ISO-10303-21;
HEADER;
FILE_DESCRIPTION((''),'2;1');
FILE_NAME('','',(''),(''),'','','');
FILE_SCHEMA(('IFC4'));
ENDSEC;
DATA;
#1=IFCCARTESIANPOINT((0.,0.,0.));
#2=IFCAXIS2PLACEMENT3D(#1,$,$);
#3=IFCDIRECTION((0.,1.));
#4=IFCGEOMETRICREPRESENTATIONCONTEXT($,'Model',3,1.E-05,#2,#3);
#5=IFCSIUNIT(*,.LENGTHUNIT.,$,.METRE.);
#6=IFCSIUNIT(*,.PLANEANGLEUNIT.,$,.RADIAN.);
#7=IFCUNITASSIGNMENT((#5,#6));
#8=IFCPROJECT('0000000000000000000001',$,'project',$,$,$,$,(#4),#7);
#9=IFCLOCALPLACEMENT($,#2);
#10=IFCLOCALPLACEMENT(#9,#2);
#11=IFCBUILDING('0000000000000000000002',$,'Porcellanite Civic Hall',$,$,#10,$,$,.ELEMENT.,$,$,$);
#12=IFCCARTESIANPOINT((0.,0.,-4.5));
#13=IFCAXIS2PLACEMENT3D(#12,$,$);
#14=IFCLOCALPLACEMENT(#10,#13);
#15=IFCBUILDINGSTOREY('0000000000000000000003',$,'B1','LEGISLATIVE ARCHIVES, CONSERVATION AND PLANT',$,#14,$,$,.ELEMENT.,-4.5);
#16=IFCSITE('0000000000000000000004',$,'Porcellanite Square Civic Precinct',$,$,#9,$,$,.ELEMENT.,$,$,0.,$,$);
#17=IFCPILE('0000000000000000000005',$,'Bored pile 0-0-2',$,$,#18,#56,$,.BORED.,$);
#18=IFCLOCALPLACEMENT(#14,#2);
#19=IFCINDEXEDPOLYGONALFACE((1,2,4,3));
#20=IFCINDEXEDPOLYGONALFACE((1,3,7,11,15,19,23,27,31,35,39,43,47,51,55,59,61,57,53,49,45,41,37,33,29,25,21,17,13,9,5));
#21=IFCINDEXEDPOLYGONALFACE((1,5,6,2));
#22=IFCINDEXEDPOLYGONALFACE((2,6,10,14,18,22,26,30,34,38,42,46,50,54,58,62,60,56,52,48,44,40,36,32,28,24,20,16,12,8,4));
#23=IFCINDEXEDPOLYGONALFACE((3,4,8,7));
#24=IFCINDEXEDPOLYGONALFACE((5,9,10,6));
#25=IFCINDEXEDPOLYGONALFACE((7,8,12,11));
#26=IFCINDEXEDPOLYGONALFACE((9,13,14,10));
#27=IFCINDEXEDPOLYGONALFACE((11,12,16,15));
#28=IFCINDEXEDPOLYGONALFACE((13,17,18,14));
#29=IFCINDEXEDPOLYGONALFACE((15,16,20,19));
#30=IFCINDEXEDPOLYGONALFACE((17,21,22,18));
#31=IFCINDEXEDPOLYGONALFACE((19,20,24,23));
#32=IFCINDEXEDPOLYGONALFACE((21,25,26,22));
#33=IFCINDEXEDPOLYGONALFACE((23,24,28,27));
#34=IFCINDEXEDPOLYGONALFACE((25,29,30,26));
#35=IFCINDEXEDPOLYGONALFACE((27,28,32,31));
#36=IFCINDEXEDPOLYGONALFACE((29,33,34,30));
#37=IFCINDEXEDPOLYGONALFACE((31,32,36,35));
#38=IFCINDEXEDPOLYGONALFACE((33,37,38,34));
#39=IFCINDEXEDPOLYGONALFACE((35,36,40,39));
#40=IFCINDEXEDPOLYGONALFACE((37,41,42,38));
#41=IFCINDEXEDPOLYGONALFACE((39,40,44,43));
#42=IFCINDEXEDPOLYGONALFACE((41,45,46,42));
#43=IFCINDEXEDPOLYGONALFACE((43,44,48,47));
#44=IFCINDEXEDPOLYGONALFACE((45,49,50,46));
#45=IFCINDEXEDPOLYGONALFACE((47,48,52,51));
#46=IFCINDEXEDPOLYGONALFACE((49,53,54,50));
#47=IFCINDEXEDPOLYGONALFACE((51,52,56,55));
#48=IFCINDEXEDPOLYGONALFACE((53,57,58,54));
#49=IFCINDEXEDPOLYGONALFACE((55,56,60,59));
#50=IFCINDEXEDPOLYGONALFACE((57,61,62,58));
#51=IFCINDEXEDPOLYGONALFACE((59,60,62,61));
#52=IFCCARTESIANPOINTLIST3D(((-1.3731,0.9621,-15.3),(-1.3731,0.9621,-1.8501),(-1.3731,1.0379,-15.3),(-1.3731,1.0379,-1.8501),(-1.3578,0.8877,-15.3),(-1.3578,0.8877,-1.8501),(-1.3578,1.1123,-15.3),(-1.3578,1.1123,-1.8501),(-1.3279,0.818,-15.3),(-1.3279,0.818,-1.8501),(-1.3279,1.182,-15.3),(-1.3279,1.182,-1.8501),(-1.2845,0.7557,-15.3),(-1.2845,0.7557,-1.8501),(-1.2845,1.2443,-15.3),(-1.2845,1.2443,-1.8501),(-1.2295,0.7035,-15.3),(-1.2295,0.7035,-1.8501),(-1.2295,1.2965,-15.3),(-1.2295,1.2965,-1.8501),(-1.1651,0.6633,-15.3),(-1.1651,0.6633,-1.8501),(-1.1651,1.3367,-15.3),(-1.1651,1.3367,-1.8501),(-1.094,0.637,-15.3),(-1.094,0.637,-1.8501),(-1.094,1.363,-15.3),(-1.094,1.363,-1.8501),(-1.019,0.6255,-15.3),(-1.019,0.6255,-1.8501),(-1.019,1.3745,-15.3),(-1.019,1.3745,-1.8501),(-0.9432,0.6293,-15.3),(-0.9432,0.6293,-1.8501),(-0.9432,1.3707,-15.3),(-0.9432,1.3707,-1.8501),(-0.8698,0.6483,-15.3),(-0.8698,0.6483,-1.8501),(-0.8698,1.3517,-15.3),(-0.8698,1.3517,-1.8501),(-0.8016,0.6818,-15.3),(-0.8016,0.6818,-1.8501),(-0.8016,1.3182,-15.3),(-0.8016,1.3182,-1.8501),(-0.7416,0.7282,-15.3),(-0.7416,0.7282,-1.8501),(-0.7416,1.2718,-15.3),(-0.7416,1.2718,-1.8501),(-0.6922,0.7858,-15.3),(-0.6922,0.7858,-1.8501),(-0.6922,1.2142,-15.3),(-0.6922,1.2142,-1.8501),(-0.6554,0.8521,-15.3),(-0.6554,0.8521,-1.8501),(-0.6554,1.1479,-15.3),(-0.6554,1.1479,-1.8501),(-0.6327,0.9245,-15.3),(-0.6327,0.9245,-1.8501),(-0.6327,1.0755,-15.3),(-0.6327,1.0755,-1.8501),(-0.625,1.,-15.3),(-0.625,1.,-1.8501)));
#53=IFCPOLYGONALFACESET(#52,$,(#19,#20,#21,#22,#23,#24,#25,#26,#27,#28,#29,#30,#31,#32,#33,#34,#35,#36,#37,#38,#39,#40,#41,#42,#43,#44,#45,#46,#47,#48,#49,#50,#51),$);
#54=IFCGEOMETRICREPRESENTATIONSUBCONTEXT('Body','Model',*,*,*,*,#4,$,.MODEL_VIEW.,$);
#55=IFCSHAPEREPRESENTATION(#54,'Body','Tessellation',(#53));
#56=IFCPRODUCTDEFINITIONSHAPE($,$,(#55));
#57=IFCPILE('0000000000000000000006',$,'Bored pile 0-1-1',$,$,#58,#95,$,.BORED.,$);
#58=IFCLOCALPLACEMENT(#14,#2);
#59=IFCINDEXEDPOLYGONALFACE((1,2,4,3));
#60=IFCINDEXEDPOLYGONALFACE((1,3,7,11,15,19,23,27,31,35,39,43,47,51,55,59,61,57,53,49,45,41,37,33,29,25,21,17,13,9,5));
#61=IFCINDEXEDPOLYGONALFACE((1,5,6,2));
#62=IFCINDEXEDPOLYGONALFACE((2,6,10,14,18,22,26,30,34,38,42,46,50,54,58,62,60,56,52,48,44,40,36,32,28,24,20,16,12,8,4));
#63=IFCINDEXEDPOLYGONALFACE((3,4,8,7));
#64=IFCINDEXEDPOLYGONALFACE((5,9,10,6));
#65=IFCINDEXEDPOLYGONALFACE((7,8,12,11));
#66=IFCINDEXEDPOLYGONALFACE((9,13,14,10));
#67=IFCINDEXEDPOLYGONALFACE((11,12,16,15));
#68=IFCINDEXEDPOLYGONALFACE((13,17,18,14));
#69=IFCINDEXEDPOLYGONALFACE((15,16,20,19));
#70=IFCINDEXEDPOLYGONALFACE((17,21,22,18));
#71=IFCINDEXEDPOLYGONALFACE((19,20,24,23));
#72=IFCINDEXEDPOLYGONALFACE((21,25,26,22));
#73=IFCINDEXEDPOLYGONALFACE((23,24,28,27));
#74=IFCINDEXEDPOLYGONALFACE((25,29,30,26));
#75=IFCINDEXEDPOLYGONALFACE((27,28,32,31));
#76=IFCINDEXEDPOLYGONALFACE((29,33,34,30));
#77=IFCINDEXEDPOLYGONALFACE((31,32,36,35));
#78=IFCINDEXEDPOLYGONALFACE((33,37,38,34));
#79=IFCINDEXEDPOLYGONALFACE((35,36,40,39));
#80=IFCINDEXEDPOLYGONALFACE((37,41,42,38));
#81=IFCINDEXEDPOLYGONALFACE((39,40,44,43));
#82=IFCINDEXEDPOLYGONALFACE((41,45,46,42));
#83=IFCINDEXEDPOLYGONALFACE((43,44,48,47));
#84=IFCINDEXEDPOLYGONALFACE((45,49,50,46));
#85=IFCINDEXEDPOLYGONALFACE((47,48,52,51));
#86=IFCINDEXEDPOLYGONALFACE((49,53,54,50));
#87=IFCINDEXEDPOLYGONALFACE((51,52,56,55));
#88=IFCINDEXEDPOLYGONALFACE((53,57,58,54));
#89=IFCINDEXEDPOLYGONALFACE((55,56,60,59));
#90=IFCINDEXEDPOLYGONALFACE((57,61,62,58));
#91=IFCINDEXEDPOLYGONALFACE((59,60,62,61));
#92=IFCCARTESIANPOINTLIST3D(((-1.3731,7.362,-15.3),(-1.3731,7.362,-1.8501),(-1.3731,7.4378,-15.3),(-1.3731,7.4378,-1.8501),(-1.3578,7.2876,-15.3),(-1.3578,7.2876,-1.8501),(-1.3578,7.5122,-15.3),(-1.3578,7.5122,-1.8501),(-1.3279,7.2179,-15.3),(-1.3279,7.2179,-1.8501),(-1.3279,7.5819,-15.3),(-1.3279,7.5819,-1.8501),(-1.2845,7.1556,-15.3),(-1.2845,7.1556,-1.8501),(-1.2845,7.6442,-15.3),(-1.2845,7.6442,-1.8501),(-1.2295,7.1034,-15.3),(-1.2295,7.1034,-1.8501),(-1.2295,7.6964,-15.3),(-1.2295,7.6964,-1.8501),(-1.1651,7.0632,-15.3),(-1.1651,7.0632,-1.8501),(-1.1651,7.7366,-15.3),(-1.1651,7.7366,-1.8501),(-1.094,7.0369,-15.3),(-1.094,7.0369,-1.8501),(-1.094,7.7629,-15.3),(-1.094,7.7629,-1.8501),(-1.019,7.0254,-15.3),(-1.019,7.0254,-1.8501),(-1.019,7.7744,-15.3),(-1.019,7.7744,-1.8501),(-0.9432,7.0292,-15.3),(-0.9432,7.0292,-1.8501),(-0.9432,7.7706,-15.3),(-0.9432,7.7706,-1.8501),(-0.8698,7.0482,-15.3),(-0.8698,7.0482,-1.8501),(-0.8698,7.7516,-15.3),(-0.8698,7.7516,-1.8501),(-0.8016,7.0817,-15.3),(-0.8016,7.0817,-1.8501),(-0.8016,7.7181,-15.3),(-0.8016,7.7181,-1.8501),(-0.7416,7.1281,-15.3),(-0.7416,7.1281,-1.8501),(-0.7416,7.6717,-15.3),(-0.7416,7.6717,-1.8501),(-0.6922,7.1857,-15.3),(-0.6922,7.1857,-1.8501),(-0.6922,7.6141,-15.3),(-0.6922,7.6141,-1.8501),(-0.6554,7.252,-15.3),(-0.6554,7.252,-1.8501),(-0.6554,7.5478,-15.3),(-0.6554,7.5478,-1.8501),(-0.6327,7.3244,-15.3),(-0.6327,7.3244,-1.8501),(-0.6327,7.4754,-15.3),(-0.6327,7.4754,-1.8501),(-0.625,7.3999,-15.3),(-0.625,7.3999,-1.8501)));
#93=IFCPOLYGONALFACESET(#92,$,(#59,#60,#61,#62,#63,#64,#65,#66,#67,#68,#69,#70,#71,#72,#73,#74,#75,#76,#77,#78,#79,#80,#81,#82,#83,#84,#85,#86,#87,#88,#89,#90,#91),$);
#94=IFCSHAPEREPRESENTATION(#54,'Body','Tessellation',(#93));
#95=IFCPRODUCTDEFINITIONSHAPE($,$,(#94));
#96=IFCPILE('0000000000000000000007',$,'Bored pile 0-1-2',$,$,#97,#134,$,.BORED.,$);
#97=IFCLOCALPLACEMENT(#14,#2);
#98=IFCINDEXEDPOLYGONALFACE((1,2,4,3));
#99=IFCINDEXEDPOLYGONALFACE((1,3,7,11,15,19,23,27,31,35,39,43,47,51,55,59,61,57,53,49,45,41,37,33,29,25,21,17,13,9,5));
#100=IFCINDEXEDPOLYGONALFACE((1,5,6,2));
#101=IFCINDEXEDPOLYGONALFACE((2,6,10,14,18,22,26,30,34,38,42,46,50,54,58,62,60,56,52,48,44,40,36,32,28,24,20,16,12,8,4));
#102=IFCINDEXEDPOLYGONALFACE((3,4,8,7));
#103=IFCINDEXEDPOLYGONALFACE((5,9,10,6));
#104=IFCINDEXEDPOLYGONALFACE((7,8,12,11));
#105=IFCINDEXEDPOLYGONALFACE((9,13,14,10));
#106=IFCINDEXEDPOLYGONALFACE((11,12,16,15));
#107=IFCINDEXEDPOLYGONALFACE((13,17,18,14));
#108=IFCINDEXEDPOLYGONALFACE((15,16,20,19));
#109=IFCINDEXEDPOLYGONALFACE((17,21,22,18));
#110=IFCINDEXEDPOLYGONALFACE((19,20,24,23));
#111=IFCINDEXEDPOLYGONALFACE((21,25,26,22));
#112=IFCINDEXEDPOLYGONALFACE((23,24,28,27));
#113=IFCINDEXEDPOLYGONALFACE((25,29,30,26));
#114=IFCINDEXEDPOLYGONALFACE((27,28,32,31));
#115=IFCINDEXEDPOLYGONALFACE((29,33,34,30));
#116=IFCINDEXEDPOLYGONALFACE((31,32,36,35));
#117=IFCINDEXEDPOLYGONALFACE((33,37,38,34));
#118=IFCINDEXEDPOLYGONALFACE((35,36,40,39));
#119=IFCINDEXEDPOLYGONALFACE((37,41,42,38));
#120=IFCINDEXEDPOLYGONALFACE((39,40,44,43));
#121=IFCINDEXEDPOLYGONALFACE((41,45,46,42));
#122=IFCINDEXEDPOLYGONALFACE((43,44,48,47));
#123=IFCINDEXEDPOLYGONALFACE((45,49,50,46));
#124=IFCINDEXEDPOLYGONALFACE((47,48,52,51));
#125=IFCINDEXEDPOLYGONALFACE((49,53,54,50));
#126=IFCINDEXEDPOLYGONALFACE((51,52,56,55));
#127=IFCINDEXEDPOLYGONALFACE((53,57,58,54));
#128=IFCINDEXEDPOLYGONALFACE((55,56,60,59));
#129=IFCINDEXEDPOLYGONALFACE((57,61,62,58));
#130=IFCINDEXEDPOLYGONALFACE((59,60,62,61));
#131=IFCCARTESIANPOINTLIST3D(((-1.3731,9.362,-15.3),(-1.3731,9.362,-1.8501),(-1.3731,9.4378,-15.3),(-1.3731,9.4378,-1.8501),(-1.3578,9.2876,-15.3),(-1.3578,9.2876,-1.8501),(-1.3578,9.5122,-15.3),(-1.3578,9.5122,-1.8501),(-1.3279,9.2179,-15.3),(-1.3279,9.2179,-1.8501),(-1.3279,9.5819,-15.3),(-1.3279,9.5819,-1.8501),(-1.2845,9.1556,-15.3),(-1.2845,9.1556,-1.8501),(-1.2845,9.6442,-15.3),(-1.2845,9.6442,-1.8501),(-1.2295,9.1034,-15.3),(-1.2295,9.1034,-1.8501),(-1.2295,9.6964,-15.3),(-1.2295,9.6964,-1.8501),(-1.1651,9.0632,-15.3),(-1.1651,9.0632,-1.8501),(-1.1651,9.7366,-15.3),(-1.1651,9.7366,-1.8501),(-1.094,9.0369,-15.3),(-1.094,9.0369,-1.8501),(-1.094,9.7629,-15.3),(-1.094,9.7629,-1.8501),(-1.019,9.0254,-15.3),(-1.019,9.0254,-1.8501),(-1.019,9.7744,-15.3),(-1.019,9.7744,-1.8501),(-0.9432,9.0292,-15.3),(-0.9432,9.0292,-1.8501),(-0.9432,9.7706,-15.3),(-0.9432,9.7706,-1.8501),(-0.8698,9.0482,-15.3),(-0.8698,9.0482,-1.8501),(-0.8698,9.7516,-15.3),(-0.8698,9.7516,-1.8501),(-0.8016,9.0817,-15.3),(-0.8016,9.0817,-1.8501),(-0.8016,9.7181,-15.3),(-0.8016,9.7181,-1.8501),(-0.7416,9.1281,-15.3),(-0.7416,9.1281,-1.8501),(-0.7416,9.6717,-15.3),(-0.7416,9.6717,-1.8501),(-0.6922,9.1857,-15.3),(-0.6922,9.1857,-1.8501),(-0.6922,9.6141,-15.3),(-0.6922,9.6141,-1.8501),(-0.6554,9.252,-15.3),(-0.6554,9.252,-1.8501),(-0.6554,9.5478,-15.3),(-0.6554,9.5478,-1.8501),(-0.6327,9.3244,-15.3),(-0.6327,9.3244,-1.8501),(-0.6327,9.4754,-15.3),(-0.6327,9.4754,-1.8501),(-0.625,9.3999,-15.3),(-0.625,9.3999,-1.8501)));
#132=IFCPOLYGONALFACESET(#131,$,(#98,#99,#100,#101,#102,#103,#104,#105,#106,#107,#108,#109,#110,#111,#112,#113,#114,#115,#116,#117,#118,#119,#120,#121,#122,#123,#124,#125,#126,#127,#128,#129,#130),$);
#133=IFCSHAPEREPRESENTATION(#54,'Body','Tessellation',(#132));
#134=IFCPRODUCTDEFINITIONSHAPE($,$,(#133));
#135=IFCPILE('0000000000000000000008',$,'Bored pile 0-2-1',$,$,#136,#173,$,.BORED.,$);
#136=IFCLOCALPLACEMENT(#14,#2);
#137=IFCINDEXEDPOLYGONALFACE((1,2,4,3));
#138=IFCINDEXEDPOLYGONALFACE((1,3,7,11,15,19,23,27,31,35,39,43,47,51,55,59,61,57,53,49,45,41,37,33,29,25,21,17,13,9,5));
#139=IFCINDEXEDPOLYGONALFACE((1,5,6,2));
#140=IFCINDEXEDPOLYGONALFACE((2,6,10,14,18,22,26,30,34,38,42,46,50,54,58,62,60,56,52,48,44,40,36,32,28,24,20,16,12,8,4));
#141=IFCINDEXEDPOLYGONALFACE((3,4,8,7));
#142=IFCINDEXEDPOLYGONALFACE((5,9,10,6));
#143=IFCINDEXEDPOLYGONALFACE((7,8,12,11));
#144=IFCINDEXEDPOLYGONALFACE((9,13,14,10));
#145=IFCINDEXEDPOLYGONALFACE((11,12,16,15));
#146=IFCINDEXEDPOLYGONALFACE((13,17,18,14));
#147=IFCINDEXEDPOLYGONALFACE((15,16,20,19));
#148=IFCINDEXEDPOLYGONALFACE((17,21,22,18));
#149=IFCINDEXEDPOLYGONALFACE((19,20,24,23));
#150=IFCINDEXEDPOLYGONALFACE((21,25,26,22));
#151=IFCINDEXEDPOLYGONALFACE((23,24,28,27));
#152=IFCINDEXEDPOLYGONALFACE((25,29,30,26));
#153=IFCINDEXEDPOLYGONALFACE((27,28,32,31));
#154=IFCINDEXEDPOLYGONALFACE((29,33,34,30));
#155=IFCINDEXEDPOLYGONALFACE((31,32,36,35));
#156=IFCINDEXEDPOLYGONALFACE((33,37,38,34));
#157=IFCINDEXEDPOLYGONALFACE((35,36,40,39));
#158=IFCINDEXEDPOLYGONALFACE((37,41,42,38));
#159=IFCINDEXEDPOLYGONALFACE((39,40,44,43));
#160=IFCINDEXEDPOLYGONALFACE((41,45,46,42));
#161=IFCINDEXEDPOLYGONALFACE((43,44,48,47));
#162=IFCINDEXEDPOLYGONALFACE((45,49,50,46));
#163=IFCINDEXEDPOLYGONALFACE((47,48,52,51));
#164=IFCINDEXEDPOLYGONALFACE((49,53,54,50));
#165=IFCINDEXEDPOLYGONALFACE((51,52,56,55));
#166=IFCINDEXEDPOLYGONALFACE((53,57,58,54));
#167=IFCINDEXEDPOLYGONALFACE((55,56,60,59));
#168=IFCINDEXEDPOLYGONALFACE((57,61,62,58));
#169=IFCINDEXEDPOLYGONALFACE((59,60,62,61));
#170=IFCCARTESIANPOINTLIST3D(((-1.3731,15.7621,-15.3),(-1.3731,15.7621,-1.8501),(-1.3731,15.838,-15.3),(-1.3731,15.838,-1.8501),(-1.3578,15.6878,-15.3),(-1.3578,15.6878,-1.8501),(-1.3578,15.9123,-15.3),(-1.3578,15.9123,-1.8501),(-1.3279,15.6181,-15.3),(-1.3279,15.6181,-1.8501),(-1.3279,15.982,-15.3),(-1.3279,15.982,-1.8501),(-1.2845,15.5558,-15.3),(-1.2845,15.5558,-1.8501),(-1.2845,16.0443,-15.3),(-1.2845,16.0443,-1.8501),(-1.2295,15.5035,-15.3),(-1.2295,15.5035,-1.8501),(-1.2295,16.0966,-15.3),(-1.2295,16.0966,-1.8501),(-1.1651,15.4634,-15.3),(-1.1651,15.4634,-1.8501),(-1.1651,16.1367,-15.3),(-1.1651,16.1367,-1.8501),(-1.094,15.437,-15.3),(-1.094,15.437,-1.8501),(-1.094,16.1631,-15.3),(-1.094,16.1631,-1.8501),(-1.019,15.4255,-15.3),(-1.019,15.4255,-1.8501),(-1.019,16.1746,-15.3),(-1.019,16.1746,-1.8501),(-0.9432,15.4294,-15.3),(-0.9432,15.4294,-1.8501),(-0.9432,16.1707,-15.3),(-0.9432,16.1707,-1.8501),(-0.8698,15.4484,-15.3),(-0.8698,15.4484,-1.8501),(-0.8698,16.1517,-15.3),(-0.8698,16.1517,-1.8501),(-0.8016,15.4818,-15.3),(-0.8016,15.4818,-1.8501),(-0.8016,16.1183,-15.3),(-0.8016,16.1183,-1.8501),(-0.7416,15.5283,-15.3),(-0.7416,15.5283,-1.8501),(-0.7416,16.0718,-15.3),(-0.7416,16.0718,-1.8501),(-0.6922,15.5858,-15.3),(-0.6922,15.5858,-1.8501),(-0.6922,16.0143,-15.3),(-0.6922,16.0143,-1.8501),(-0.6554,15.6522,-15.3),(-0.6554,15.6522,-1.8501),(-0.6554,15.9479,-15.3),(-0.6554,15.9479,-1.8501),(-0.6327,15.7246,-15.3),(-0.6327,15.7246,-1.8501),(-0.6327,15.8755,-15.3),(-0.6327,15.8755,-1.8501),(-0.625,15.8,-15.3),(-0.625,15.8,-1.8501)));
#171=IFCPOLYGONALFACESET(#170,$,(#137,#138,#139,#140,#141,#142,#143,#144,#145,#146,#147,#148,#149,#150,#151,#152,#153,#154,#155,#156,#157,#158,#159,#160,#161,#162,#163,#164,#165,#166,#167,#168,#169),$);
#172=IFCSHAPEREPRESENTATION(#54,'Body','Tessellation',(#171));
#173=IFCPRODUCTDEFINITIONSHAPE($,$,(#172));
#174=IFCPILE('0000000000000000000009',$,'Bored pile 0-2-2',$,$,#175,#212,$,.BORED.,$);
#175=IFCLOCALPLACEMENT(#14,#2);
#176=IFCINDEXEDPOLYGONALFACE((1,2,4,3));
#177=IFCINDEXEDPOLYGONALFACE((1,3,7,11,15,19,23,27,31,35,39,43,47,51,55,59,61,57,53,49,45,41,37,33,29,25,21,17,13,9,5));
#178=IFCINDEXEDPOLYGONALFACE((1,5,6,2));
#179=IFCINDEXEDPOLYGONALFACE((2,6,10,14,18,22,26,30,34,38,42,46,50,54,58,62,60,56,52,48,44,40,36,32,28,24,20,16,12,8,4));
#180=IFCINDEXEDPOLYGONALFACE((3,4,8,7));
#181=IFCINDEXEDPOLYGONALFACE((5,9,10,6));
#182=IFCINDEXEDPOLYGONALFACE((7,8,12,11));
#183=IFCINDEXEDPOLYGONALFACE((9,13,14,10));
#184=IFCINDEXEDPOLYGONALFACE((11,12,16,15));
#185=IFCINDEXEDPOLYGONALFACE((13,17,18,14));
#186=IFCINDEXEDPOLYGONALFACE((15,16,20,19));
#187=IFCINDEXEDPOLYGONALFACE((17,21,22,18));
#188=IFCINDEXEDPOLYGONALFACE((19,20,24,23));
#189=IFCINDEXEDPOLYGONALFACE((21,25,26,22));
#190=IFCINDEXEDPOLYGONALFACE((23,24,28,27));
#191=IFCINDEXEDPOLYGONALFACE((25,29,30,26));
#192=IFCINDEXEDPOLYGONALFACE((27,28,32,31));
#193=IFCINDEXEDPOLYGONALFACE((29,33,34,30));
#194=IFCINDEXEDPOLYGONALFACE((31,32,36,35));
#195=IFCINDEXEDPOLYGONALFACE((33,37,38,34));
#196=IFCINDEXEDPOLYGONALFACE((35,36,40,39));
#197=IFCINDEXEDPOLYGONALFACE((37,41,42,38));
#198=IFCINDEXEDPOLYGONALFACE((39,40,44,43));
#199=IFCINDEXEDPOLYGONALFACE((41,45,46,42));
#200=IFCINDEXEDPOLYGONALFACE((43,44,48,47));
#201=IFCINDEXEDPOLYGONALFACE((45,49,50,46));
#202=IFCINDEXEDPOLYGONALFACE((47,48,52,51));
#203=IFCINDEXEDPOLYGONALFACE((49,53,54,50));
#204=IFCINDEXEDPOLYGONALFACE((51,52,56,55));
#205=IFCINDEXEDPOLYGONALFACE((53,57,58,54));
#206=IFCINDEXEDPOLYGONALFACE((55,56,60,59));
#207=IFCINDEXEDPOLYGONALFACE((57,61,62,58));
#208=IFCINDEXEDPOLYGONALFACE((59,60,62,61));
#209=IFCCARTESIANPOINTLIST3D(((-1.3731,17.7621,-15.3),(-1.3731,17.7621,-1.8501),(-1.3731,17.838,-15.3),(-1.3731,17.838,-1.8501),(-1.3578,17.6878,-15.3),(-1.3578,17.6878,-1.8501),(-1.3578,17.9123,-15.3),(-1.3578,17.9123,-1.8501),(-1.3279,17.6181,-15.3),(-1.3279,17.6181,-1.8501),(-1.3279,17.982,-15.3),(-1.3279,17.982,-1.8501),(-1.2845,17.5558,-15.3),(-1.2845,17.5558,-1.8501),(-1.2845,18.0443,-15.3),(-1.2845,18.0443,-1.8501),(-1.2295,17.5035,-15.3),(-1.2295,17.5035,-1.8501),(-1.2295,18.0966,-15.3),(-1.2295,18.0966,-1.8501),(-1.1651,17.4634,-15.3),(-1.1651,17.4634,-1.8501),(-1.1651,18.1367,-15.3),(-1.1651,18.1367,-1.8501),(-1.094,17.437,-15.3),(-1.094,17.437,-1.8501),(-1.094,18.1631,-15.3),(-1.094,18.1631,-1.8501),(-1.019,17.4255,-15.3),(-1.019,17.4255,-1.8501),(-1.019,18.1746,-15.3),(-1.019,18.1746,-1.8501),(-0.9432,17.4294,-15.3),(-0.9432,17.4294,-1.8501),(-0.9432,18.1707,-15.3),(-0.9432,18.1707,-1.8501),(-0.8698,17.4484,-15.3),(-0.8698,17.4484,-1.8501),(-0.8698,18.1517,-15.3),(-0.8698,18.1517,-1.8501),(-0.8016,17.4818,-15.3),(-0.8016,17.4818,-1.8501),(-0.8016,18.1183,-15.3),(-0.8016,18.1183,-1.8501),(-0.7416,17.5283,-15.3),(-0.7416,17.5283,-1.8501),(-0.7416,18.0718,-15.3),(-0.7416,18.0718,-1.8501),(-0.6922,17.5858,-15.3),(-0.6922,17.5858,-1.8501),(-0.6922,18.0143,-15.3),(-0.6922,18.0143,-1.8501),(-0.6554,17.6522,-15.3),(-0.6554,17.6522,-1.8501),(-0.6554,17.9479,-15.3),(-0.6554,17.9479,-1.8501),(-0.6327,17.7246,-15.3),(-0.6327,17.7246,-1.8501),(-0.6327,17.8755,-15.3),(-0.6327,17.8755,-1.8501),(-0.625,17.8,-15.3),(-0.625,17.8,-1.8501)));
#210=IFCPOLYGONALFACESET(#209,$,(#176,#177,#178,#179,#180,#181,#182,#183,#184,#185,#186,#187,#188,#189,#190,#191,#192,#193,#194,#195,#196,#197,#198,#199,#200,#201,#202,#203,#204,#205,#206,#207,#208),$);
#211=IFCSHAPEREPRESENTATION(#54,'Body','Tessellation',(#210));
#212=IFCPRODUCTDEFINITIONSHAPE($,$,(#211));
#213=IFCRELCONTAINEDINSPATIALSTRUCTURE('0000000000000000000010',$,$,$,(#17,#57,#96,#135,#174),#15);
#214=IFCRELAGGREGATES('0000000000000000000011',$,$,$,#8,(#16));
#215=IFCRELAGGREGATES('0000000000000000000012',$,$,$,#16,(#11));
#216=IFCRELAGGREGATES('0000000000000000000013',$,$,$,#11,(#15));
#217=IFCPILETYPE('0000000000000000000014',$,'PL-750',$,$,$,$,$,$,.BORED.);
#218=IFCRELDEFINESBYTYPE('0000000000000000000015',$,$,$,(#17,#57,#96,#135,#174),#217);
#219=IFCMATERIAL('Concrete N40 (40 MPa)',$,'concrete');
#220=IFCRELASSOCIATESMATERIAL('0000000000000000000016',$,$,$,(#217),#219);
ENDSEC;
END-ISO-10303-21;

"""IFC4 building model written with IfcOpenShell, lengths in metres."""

from ifc_helpers import new_model, si_unit, direction, frame, origin, origin_2d, place, context, subcontext, project, spatial, circle, extrude, material, material_profile, profile_set, type_object, element, save


model = new_model("IFC4")

# Units and contexts
model_context = context("Model", 3, precision=1e-05, world=origin(), true_north=direction((0.0, 1.0)))
body_context = subcontext(model_context, "Body", "Model", "MODEL_VIEW")
ifc_project = project(units=[si_unit("LENGTHUNIT", "METRE"), si_unit("PLANEANGLEUNIT", "RADIAN")], contexts=[model_context])

# Site, building, storey
site_placement = place(None, origin())
site = spatial("IfcSite", under=ifc_project, at=site_placement, Name="Porcellanite Square Civic Precinct", CompositionType="ELEMENT", RefElevation=0.0)
building_placement = place(site_placement, origin())
building = spatial("IfcBuilding", under=site, at=building_placement, Name="Porcellanite Civic Hall", CompositionType="ELEMENT")
storey_placement = place(building_placement, frame((0.0, 0.0, -4.5)))
storey = spatial("IfcBuildingStorey", under=building, at=storey_placement, Name="B1", Description="LEGISLATIVE ARCHIVES, CONSERVATION AND PLANT", CompositionType="ELEMENT", Elevation=-4.5)

# Piles
ifc_material_1 = material(Name="Concrete N40 (40 MPa)", Category="concrete")
ifc_material_profile = material_profile(ifc_material_1, circle(Radius=0.375, at=origin_2d()), Name="PILE-D750")
ifc_profile_set = profile_set([ifc_material_profile], Name="Concrete N40 (40 MPa)")
pile_type = type_object("IfcPileType", Name="PL-750", PredefinedType="BORED", material=ifc_profile_set)
for number, where, z_axis, x_axis, name in (
    (1, (-1.0, 1.0, -1.8501), (0.0, 0.0, -1.0), (1.0, 0.0, 0.0), "Bored pile 0-0-2"),
    (2, (-1.0, 7.3999, -1.8501), (0.0, 0.0, -1.0), (1.0, 0.0, 0.0), "Bored pile 0-1-1"),
    (3, (-1.0, 9.3999, -1.8501), (0.0, 0.0, -1.0), (1.0, 0.0, 0.0), "Bored pile 0-1-2"),
    (4, (-1.0, 15.8, -1.8501), (0.0, 0.0, -1.0), (1.0, 0.0, 0.0), "Bored pile 0-2-1"),
    (5, (-1.0, 17.8, -1.8501), (0.0, 0.0, -1.0), (1.0, 0.0, 0.0), "Bored pile 0-2-2"),
):
    element("IfcPile", number, at=place(storey_placement, frame(where, z_axis=z_axis, x_axis=x_axis)), inside=storey, type_object=pile_type, Name=name, PredefinedType="BORED", context=body_context, shape_type="SweptSolid", body=[
        extrude(circle(Radius=0.375, at=origin_2d()), origin(), (0.0, 0.0, 1.0), 13.45),
    ])

save(model, "model.ifc")
